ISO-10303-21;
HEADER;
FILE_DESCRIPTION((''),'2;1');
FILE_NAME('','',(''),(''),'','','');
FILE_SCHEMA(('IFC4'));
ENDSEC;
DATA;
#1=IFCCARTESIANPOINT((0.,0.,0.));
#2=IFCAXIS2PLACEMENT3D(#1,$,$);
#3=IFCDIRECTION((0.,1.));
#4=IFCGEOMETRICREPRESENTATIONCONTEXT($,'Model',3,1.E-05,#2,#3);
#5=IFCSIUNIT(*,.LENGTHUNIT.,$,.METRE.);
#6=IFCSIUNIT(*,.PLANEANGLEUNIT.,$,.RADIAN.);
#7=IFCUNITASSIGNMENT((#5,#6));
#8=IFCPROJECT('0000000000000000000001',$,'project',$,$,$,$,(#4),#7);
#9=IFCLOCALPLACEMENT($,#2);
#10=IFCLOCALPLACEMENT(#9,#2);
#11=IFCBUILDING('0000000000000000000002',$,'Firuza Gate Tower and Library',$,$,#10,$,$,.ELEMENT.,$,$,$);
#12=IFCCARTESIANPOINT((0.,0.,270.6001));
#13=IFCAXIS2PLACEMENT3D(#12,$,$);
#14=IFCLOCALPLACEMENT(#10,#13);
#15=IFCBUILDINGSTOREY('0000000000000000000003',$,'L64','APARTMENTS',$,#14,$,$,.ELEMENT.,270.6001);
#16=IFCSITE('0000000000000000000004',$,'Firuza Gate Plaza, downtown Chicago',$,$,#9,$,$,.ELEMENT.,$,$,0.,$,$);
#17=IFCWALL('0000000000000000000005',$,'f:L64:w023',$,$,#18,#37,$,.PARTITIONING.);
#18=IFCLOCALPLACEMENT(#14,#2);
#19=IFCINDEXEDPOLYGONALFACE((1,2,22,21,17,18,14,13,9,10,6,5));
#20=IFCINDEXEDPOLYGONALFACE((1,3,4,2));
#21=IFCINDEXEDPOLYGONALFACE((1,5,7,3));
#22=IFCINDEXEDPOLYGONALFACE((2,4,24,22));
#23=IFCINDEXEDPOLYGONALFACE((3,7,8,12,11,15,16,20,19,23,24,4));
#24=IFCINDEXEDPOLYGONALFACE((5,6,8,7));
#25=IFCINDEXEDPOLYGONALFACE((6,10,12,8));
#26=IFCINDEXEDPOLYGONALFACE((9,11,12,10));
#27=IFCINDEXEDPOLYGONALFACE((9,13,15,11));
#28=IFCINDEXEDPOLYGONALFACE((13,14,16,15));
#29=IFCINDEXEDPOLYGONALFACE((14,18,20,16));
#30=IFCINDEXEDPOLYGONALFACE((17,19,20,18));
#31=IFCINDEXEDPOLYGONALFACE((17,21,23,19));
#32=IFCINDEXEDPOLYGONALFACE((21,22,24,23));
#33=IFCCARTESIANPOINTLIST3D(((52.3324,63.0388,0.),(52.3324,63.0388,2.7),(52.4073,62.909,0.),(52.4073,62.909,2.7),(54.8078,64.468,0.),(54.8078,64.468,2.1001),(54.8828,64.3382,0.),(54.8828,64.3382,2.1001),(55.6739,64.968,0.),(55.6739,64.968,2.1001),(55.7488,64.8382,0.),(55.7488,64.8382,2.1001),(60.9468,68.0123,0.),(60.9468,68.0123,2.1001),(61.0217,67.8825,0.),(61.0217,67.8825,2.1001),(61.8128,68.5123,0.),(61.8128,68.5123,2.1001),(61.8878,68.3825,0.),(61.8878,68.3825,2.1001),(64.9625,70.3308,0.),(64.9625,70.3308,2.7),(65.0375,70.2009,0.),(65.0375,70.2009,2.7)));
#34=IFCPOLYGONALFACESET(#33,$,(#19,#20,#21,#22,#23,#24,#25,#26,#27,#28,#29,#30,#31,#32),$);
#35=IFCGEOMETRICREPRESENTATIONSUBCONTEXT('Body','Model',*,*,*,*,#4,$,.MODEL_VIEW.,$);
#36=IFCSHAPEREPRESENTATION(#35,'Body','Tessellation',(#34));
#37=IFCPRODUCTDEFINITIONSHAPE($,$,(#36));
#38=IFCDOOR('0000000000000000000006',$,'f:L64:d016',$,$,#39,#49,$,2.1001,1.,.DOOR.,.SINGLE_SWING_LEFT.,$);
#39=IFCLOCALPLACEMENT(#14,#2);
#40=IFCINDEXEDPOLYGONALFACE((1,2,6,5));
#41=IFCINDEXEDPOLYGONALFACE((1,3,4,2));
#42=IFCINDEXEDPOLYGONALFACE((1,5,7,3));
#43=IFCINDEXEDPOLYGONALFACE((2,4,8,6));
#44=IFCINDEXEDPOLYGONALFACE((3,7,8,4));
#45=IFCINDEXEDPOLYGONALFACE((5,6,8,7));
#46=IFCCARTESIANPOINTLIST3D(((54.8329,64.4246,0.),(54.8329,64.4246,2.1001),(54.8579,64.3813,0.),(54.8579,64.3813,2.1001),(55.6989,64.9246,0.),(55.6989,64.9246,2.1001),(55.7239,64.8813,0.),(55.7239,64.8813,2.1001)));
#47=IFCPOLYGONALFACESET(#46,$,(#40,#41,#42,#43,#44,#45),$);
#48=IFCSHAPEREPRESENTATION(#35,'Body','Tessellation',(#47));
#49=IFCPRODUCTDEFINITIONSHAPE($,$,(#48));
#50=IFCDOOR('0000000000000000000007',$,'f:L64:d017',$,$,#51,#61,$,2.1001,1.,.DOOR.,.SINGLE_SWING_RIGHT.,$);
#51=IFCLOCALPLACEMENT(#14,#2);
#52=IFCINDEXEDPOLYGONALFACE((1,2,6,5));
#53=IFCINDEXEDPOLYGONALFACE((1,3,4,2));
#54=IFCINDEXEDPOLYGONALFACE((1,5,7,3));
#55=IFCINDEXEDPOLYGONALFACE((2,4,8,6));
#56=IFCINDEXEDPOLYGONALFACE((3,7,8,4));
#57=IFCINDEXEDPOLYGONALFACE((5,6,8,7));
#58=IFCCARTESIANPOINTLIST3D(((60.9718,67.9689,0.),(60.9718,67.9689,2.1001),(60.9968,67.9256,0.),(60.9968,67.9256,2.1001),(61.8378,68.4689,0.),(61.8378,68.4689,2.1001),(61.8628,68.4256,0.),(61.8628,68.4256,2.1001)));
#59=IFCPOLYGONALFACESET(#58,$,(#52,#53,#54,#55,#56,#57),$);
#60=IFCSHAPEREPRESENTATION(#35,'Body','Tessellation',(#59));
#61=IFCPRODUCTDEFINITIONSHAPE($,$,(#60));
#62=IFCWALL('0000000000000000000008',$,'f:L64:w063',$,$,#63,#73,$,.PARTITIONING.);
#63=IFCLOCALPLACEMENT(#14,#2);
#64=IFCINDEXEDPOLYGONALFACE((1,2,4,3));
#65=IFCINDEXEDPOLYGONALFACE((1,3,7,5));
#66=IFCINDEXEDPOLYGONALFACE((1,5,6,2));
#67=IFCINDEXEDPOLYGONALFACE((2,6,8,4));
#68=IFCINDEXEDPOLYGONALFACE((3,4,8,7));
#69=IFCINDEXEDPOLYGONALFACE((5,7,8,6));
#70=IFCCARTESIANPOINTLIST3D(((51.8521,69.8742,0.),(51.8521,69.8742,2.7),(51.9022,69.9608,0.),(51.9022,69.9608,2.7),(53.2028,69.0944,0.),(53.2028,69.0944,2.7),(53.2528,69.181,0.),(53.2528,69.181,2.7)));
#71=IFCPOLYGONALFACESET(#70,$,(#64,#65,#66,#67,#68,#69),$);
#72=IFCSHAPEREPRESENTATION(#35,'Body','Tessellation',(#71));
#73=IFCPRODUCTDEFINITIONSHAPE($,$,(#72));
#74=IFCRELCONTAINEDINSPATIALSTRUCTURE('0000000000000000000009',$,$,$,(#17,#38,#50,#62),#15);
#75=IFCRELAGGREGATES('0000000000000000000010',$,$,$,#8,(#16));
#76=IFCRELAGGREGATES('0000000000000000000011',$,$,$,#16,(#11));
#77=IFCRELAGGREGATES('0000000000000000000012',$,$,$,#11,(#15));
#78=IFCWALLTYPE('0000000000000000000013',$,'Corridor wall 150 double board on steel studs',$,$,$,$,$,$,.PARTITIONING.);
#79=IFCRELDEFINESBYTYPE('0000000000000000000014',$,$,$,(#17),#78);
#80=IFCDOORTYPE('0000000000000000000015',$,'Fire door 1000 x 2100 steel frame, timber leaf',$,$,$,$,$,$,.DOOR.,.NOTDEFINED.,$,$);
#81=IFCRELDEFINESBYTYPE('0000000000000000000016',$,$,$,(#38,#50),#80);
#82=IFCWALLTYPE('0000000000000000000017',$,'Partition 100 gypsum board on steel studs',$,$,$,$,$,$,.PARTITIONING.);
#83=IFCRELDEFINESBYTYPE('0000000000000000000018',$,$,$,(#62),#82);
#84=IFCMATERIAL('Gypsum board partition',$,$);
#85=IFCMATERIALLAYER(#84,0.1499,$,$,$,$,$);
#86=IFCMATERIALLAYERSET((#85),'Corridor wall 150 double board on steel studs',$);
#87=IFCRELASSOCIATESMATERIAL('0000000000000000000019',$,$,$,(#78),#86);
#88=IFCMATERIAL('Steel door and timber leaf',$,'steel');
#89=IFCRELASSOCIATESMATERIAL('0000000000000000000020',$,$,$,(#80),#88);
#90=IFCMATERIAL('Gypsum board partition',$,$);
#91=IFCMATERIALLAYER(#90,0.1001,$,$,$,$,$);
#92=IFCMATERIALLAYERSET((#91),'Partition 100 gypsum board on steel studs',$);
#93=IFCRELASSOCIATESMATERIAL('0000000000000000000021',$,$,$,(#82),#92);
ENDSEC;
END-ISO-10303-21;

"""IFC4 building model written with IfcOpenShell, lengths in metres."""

from ifc_helpers import new_model, si_unit, direction, frame, frame_2d, origin, place, context, subcontext, project, spatial, rectangle, extrude, material, layer, layer_set, type_object, element, fill, save


model = new_model("IFC4")

# Units and contexts
model_context = context("Model", 3, precision=1e-05, world=origin(), true_north=direction((0.0, 1.0)))
body_context = subcontext(model_context, "Body", "Model", "MODEL_VIEW")
ifc_project = project(units=[si_unit("LENGTHUNIT", "METRE"), si_unit("PLANEANGLEUNIT", "RADIAN")], contexts=[model_context])

# Site, building, storey
site_placement = place(None, origin())
site = spatial("IfcSite", under=ifc_project, at=site_placement, Name="Firuza Gate Plaza, downtown Chicago", CompositionType="ELEMENT", RefElevation=0.0)
building_placement = place(site_placement, origin())
building = spatial("IfcBuilding", under=site, at=building_placement, Name="Firuza Gate Tower and Library", CompositionType="ELEMENT")
storey_placement = place(building_placement, frame((0.0, 0.0, 270.6001)))
storey = spatial("IfcBuildingStorey", under=building, at=storey_placement, Name="L64", Description="APARTMENTS", CompositionType="ELEMENT", Elevation=270.6001)

# Wall, openings, doors
ifc_material_1 = material(Name="Gypsum board partition")
ifc_layer_1 = layer(ifc_material_1, 0.1499)
ifc_layer_set_1 = layer_set([ifc_layer_1], Name="Corridor wall 150 double board on steel studs")
wall_type_1 = type_object("IfcWallType", Name="Corridor wall 150 double board on steel studs", PredefinedType="PARTITIONING", material=ifc_layer_set_1)
wall_1_placement = place(storey_placement, frame((52.3699, 62.9739, 0.0), z_axis=(0.0, 0.0, 1.0), x_axis=(0.866026, 0.499999, 0.0)))
wall_1 = element("IfcWall", 1, at=wall_1_placement, inside=storey, type_object=wall_type_1, Name="f:L64:w023", PredefinedType="PARTITIONING", context=body_context, shape_type="SweptSolid", body=[
    extrude(rectangle(XDim=14.584, YDim=0.1499, at=frame_2d((7.292, 0.0))), origin(), (0.0, 0.0, 1.0), 2.7),
])
opening_1_placement = place(wall_1_placement, frame((2.8584, 0.0, 0.0)))
opening_1 = element("IfcOpeningElement", 2, at=opening_1_placement, cuts=wall_1, PredefinedType="OPENING", context=body_context, shape_type="SweptSolid", body=[
    extrude(rectangle(XDim=1.0, YDim=2.1001, at=frame_2d((0.5, 1.05))), frame((0.0, 0.085, 0.0), z_axis=(0.0, -1.0, 0.0), x_axis=(1.0, 0.0, 0.0)), (0.0, 0.0, 1.0), 0.1699),
])
opening_2_placement = place(wall_1_placement, frame((9.947, 0.0, 0.0)))
opening_2 = element("IfcOpeningElement", 3, at=opening_2_placement, cuts=wall_1, PredefinedType="OPENING", context=body_context, shape_type="SweptSolid", body=[
    extrude(rectangle(XDim=1.0, YDim=2.1001, at=frame_2d((0.5, 1.05))), frame((0.0, 0.085, 0.0), z_axis=(0.0, -1.0, 0.0), x_axis=(1.0, 0.0, 0.0)), (0.0, 0.0, 1.0), 0.1699),
])
ifc_material_2 = material(Name="Steel door and timber leaf", Category="steel")
door_type = type_object("IfcDoorType", Name="Fire door 1000 x 2100 steel frame, timber leaf", OperationType="NOTDEFINED", PredefinedType="DOOR", material=ifc_material_2)
door_1_placement = place(opening_1_placement, origin())
door_1 = element("IfcDoor", 4, at=door_1_placement, inside=storey, type_object=door_type, Name="f:L64:d016", OperationType="SINGLE_SWING_LEFT", OverallHeight=2.1001, OverallWidth=1.0, PredefinedType="DOOR", context=body_context, shape_type="SweptSolid", body=[
    extrude(rectangle(XDim=1.0, YDim=2.1001, at=frame_2d((0.5, 1.05))), frame((0.0, 0.0249, 0.0), z_axis=(0.0, -1.0, 0.0), x_axis=(1.0, 0.0, 0.0)), (0.0, 0.0, 1.0), 0.05),
])
fill(opening_1, door_1)
door_2_placement = place(opening_2_placement, origin())
door_2 = element("IfcDoor", 5, at=door_2_placement, inside=storey, type_object=door_type, Name="f:L64:d017", OperationType="SINGLE_SWING_RIGHT", OverallHeight=2.1001, OverallWidth=1.0, PredefinedType="DOOR", context=body_context, shape_type="SweptSolid", body=[
    extrude(rectangle(XDim=1.0, YDim=2.1001, at=frame_2d((0.5, 1.05))), frame((0.0, 0.0249, 0.0), z_axis=(0.0, -1.0, 0.0), x_axis=(1.0, 0.0, 0.0)), (0.0, 0.0, 1.0), 0.05),
])
fill(opening_2, door_2)

# Wall
ifc_material_3 = material(Name="Gypsum board partition")
ifc_layer_2 = layer(ifc_material_3, 0.1001)
ifc_layer_set_2 = layer_set([ifc_layer_2], Name="Partition 100 gypsum board on steel studs")
wall_type_2 = type_object("IfcWallType", Name="Partition 100 gypsum board on steel studs", PredefinedType="PARTITIONING", material=ifc_layer_set_2)
wall_2_placement = place(storey_placement, frame((53.2278, 69.1377, 0.0), z_axis=(0.0, 0.0, 1.0), x_axis=(-0.866019, 0.500012, 0.0)))
element("IfcWall", 6, at=wall_2_placement, inside=storey, type_object=wall_type_2, Name="f:L64:w063", PredefinedType="PARTITIONING", context=body_context, shape_type="SweptSolid", body=[
    extrude(rectangle(XDim=1.5596, YDim=0.1001, at=frame_2d((0.7798, 0.0))), origin(), (0.0, 0.0, 1.0), 2.7),
])

save(model, "model.ifc")
